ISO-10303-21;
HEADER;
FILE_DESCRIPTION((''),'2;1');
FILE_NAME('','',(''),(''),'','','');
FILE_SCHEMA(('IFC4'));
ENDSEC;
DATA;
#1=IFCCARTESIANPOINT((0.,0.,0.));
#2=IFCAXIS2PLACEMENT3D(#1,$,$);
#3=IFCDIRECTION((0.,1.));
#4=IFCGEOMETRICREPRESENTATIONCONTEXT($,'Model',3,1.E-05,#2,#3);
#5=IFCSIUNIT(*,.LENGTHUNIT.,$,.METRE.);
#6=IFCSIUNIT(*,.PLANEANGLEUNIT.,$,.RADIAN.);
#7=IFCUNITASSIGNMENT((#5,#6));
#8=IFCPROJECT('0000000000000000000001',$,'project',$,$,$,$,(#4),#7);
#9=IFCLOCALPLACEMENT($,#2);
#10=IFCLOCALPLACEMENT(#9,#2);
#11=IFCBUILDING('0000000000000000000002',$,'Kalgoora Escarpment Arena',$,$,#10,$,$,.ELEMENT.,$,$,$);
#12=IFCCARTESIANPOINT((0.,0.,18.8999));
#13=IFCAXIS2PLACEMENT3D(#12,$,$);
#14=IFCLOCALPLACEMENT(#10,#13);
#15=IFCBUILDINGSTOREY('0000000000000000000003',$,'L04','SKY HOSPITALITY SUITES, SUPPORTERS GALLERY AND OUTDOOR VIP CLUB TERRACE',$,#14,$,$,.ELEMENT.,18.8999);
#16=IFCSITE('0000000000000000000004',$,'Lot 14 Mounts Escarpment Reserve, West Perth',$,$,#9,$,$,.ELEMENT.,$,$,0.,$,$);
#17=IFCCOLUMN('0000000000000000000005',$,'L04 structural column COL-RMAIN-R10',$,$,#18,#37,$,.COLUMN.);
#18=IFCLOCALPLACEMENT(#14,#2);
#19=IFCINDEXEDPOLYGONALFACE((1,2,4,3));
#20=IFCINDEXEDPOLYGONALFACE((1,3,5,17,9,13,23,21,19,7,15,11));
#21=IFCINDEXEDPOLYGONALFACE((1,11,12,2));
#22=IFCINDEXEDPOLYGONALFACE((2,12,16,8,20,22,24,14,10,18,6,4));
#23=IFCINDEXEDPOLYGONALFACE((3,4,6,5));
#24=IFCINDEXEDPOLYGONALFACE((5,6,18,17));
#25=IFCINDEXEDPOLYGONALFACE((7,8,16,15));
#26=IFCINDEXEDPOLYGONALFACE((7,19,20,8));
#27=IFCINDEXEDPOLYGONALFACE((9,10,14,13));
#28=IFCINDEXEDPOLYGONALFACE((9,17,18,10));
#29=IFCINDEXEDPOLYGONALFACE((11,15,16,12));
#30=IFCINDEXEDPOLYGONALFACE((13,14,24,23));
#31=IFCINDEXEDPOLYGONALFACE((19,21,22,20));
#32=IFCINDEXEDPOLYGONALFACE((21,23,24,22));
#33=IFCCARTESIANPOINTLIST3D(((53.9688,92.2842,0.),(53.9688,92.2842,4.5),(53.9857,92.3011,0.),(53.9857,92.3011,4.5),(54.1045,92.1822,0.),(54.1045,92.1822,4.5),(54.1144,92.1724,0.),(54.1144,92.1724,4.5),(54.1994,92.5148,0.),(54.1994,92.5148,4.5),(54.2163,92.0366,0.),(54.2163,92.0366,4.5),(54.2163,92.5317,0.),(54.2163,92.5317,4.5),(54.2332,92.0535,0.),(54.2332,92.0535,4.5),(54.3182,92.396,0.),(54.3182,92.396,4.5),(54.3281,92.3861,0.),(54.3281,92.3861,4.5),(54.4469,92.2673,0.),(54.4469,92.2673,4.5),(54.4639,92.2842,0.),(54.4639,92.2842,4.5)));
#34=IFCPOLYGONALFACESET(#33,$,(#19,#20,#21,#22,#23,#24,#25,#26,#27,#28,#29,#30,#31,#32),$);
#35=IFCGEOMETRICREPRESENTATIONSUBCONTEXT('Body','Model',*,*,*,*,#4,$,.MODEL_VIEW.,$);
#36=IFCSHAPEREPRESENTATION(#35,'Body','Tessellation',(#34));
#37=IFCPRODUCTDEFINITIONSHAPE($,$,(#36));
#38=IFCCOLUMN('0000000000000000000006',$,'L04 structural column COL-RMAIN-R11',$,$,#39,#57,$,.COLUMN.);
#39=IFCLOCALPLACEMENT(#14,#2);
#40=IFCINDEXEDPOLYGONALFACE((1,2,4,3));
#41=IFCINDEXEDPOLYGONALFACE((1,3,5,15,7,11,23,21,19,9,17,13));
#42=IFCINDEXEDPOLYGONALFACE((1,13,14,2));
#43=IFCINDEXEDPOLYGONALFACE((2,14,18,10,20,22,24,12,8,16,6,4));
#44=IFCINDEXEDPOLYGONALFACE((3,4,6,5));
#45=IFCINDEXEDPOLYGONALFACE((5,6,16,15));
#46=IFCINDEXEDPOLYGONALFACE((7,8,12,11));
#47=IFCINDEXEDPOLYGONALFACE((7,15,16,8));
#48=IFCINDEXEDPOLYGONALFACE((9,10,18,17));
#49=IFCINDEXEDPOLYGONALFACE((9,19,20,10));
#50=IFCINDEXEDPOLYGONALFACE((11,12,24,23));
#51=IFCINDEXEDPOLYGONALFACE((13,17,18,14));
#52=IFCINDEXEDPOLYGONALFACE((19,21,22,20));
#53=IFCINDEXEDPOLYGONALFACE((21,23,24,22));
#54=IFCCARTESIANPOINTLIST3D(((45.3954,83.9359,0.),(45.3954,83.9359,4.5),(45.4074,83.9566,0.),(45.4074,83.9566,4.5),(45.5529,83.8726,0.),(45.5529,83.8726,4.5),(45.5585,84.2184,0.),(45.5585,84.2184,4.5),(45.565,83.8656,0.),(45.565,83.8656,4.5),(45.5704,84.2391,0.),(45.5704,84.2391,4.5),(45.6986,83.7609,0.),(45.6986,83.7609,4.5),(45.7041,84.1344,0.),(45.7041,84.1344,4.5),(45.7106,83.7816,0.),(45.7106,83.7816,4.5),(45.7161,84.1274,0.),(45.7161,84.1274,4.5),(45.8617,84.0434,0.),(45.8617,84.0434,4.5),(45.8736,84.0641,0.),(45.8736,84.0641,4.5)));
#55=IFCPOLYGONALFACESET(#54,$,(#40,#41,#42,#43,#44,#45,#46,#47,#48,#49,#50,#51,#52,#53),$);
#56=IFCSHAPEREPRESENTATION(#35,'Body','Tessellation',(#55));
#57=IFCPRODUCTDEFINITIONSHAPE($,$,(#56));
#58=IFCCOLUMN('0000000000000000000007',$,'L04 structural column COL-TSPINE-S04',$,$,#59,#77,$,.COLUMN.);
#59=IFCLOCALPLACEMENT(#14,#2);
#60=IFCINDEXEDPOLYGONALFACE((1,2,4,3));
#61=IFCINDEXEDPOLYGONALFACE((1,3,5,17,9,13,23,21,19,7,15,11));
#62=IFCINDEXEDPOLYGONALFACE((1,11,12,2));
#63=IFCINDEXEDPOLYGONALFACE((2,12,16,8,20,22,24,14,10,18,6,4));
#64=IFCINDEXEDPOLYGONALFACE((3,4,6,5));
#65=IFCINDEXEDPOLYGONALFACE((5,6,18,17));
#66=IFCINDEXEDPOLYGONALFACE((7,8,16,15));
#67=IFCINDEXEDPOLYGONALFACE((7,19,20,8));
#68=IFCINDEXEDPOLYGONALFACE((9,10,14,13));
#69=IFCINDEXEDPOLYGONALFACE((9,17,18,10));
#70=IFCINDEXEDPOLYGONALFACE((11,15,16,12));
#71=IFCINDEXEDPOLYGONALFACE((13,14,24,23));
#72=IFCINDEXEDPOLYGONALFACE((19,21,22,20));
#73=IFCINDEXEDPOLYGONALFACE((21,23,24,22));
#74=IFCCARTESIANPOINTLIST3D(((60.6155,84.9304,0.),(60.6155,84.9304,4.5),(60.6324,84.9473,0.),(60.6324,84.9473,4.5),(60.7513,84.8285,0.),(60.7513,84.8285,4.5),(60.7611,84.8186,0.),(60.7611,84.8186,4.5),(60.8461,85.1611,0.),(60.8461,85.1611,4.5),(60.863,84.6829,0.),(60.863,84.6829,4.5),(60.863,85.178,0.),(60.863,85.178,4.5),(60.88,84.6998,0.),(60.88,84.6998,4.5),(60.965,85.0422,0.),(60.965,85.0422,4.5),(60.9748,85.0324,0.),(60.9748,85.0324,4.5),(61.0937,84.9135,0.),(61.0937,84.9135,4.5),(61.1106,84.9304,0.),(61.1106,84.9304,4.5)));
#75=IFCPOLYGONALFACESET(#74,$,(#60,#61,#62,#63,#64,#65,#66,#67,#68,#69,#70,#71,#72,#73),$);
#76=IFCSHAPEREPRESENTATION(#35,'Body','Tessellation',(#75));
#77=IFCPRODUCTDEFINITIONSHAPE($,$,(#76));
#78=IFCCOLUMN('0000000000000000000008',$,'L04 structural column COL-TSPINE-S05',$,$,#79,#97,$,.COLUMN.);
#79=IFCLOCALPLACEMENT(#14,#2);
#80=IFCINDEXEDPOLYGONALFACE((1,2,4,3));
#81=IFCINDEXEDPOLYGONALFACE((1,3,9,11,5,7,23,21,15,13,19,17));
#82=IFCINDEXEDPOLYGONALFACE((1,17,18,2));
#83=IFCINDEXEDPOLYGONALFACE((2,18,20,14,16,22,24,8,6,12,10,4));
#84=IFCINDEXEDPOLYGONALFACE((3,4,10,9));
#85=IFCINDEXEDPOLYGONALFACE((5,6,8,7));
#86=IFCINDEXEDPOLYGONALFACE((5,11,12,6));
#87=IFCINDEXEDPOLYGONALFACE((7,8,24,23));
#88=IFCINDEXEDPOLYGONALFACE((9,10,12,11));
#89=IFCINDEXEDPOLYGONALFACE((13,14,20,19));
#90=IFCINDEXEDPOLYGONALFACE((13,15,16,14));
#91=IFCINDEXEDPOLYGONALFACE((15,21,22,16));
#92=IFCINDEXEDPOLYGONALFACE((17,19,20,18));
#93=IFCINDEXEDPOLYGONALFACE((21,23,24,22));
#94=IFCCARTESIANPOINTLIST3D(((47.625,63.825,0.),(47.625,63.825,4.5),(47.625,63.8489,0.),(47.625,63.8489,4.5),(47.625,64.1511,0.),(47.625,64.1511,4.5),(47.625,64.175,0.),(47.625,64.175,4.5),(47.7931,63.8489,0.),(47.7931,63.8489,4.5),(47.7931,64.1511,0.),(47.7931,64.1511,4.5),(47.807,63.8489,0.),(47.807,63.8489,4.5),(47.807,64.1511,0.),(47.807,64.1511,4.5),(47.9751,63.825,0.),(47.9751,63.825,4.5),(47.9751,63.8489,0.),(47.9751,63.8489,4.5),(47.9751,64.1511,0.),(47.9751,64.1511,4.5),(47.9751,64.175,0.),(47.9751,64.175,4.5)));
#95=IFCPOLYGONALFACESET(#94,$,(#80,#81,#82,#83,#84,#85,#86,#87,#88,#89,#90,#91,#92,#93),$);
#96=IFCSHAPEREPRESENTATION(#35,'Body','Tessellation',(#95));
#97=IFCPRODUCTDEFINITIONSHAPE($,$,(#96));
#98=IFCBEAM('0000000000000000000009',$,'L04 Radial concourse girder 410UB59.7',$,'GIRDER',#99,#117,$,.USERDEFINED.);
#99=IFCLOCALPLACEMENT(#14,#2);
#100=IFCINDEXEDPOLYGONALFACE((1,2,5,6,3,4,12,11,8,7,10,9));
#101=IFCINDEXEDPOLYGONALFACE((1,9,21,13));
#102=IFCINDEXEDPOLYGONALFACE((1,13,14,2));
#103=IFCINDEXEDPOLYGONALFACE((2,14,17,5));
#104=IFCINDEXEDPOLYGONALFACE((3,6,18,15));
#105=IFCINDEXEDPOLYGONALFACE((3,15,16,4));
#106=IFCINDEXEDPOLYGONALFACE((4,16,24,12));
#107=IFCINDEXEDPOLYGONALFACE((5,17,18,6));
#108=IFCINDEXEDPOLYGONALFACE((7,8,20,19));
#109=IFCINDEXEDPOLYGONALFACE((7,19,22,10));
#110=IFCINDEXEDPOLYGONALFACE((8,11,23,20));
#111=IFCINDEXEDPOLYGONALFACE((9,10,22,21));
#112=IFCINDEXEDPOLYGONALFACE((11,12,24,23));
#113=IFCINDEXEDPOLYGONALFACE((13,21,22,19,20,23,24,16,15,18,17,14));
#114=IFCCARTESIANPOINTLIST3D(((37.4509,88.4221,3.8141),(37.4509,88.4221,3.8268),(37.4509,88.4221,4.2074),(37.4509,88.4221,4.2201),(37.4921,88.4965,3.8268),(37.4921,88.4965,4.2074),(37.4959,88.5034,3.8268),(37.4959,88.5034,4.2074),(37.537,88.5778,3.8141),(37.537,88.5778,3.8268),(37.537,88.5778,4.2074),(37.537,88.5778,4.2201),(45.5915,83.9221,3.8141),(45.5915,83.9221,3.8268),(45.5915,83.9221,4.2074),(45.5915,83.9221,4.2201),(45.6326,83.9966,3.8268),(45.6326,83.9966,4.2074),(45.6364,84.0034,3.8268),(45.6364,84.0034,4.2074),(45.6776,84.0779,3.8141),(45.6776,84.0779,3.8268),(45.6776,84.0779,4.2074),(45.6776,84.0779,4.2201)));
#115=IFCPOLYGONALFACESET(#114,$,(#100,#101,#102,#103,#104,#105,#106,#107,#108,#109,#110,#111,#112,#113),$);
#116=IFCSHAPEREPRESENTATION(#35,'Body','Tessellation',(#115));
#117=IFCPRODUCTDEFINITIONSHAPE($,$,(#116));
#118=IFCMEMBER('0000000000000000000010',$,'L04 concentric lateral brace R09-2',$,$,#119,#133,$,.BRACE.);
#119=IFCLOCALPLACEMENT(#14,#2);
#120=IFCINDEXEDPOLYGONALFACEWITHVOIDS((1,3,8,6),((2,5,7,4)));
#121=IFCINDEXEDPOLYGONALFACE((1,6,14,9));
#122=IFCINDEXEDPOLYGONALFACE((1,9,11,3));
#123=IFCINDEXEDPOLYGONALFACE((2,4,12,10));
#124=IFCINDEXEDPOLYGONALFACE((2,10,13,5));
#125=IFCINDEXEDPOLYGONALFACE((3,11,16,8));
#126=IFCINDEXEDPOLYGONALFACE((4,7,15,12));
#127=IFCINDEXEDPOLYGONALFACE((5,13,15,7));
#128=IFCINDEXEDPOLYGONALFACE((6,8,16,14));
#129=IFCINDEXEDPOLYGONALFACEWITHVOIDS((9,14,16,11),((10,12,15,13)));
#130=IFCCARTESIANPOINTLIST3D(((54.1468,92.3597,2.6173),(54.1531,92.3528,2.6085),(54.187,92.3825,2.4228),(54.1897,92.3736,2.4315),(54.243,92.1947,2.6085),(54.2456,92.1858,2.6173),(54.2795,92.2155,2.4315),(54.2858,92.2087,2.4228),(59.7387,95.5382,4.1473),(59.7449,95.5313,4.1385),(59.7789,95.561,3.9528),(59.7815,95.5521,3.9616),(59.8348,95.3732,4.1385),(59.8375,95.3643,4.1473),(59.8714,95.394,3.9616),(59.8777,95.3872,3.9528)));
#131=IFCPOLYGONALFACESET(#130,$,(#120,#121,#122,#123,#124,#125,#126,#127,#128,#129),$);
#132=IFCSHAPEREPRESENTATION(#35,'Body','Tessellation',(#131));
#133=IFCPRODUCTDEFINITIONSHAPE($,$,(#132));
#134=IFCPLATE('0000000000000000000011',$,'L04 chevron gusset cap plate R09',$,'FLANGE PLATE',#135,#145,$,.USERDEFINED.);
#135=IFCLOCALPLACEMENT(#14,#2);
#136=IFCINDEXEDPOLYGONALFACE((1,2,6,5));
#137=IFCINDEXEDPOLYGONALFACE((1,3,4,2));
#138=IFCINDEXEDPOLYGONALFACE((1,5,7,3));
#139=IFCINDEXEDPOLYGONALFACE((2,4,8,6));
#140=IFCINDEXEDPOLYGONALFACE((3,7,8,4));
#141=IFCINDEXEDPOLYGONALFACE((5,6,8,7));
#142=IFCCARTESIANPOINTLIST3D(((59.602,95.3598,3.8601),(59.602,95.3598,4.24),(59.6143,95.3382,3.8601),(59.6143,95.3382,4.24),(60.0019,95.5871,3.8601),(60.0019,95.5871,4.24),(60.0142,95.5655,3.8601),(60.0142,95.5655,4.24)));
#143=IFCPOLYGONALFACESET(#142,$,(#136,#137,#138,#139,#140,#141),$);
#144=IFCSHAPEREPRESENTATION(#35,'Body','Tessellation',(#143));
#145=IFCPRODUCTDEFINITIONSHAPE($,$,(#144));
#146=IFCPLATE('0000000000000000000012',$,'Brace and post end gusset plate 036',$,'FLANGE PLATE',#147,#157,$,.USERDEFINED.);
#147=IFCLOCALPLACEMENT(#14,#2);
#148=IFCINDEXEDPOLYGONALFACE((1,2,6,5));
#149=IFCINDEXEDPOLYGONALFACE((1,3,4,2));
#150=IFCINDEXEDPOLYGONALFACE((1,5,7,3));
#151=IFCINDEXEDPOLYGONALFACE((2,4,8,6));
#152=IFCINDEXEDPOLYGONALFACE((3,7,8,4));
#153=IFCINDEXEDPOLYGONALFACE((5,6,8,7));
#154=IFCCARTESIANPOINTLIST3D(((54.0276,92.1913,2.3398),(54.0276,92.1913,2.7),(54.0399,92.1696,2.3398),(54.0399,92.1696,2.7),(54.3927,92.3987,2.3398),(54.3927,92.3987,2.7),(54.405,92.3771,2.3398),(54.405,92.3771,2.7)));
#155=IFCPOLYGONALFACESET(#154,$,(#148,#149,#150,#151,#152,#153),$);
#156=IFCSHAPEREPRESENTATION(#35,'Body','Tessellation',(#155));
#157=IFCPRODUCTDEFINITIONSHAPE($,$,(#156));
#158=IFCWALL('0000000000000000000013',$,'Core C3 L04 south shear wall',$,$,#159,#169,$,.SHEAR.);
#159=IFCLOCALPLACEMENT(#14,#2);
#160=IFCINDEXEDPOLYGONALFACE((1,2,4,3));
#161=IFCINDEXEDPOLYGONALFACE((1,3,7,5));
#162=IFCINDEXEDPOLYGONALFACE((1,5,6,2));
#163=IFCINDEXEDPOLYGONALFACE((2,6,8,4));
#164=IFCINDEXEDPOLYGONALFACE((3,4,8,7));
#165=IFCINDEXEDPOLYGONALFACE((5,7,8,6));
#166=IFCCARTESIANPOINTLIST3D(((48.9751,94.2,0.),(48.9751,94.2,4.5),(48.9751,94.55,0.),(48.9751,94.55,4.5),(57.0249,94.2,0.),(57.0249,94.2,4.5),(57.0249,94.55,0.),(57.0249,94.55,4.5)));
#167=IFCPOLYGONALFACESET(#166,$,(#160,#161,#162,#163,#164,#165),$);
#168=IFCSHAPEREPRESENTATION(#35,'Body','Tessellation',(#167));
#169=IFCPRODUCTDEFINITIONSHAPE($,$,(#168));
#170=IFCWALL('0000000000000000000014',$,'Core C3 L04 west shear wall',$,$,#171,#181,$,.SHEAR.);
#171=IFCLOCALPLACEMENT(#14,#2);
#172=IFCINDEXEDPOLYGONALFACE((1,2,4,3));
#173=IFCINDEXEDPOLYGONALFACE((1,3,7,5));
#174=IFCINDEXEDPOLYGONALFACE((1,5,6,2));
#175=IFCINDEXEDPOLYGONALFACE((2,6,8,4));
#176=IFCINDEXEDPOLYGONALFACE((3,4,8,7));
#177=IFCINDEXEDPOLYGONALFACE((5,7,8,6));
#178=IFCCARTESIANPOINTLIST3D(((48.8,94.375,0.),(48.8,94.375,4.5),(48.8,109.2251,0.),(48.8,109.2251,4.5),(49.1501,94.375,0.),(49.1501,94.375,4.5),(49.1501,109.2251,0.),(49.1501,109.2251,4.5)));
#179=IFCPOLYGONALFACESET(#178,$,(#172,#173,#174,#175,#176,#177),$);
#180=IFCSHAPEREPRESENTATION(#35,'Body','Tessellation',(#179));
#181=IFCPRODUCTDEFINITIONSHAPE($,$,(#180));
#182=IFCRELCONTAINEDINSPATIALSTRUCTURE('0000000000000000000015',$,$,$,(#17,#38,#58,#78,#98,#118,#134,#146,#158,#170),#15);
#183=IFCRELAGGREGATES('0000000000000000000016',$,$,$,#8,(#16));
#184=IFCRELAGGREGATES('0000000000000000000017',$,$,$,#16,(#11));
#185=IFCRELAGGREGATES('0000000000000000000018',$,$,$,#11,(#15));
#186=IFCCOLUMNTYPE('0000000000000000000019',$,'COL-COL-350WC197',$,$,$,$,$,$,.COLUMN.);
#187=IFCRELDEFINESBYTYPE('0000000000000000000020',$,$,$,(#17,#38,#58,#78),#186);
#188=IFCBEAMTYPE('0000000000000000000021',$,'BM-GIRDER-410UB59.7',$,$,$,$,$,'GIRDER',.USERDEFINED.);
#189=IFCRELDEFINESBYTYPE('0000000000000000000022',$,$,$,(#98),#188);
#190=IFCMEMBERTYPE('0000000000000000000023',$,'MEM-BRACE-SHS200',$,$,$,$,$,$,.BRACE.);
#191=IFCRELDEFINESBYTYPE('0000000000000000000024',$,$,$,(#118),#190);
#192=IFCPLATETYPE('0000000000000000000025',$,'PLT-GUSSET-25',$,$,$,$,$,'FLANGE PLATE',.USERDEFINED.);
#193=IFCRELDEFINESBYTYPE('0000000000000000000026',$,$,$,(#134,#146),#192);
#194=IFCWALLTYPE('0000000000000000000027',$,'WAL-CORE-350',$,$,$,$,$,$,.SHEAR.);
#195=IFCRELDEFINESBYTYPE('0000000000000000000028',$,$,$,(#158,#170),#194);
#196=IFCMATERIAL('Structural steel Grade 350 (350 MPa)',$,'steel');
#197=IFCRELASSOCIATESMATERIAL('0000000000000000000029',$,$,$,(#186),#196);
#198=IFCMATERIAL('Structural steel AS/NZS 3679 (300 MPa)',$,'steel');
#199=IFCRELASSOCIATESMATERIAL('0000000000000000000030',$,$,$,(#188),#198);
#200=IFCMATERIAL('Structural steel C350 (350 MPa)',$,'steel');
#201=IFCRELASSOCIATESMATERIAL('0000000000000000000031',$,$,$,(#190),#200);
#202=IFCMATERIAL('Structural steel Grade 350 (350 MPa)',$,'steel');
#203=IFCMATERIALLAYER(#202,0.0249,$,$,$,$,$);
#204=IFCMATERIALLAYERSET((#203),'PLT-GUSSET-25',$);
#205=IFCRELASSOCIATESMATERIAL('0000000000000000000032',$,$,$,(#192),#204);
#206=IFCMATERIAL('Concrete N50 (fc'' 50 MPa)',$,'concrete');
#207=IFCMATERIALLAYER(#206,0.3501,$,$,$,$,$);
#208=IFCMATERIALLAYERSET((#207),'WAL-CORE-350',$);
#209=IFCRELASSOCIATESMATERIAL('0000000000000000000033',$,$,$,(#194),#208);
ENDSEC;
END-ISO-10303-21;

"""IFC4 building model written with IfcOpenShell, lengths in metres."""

from ifc_helpers import new_model, si_unit, direction, frame, frame_2d, origin, origin_2d, place, context, subcontext, project, spatial, rectangle, hollow_rectangle, i_section, extrude, material, layer, layer_set, material_profile, profile_set, type_object, element, save


model = new_model("IFC4")

# Units and contexts
model_context = context("Model", 3, precision=1e-05, world=origin(), true_north=direction((0.0, 1.0)))
body_context = subcontext(model_context, "Body", "Model", "MODEL_VIEW")
ifc_project = project(units=[si_unit("LENGTHUNIT", "METRE"), si_unit("PLANEANGLEUNIT", "RADIAN")], contexts=[model_context])

# Site, building, storey
site_placement = place(None, origin())
site = spatial("IfcSite", under=ifc_project, at=site_placement, Name="Lot 14 Mounts Escarpment Reserve, West Perth", CompositionType="ELEMENT", RefElevation=0.0)
building_placement = place(site_placement, origin())
building = spatial("IfcBuilding", under=site, at=building_placement, Name="Kalgoora Escarpment Arena", CompositionType="ELEMENT")
storey_placement = place(building_placement, frame((0.0, 0.0, 18.8999)))
storey = spatial("IfcBuildingStorey", under=building, at=storey_placement, Name="L04", Description="SKY HOSPITALITY SUITES, SUPPORTERS GALLERY AND OUTDOOR VIP CLUB TERRACE", CompositionType="ELEMENT", Elevation=18.8999)

# Columns
ifc_material_1 = material(Name="Structural steel Grade 350 (350 MPa)", Category="steel")
ifc_material_profile_1 = material_profile(ifc_material_1, i_section(OverallWidth=0.3501, OverallDepth=0.3501, WebThickness=0.0139, FlangeThickness=0.0239, at=origin_2d()))
ifc_profile_set_1 = profile_set([ifc_material_profile_1], Name="Structural steel Grade 350 (350 MPa)")
column_type = type_object("IfcColumnType", Name="COL-COL-350WC197", PredefinedType="COLUMN", material=ifc_profile_set_1)
for number, where, z_axis, x_axis, name in (
    (1, (54.2163, 92.2842, 0.0), (0.0, 0.0, 1.0), (-0.707107, 0.707107, 0.0), "L04 structural column COL-RMAIN-R10"),
    (2, (45.6345, 84.0, 0.0), (0.0, 0.0, 1.0), (-0.866025, 0.5, 0.0), "L04 structural column COL-RMAIN-R11"),
    (3, (60.863, 84.9304, 0.0), (0.0, 0.0, 1.0), (-0.707107, 0.707107, 0.0), "L04 structural column COL-TSPINE-S04"),
    (4, (47.8, 64.0, 0.0), (0.0, 0.0, 1.0), (-1.0, 0.0, 0.0), "L04 structural column COL-TSPINE-S05"),
):
    element("IfcColumn", number, at=place(storey_placement, frame(where, z_axis=z_axis, x_axis=x_axis)), inside=storey, type_object=column_type, Name=name, PredefinedType="COLUMN", context=body_context, shape_type="SweptSolid", body=[
        extrude(i_section(OverallWidth=0.3501, OverallDepth=0.3501, WebThickness=0.0139, FlangeThickness=0.0239, at=origin_2d()), origin(), (0.0, 0.0, 1.0), 4.5),
    ])

# Beam
ifc_material_2 = material(Name="Structural steel AS/NZS 3679 (300 MPa)", Category="steel")
ifc_material_profile_2 = material_profile(ifc_material_2, i_section(OverallWidth=0.178, OverallDepth=0.406, WebThickness=0.0078, FlangeThickness=0.0127, at=origin_2d()))
ifc_profile_set_2 = profile_set([ifc_material_profile_2], Name="Structural steel AS/NZS 3679 (300 MPa)")
beam_type = type_object("IfcBeamType", Name="BM-GIRDER-410UB59.7", ElementType="GIRDER", PredefinedType="USERDEFINED", material=ifc_profile_set_2)
beam_placement = place(storey_placement, frame((45.6345, 84.0, 4.0171), z_axis=(-0.875185, 0.483788, 0.0), x_axis=(-0.483788, -0.875185, 0.0)))
element("IfcBeam", 5, at=beam_placement, inside=storey, type_object=beam_type, Name="L04 Radial concourse girder 410UB59.7", ObjectType="GIRDER", PredefinedType="USERDEFINED", context=body_context, shape_type="SweptSolid", body=[
    extrude(i_section(OverallWidth=0.178, OverallDepth=0.406, WebThickness=0.0078, FlangeThickness=0.0127, at=origin_2d()), origin(), (0.0, 0.0, 1.0), 9.3015),
])

# Member
ifc_material_3 = material(Name="Structural steel C350 (350 MPa)", Category="steel")
ifc_material_profile_3 = material_profile(ifc_material_3, hollow_rectangle(XDim=0.2, YDim=0.2, WallThickness=0.009, at=origin_2d()))
ifc_profile_set_3 = profile_set([ifc_material_profile_3], Name="Structural steel C350 (350 MPa)")
member_type = type_object("IfcMemberType", Name="MEM-BRACE-SHS200", PredefinedType="BRACE", material=ifc_profile_set_3)
member_placement = place(storey_placement, frame((54.2163, 92.2842, 2.52), z_axis=(0.845769, 0.480749, 0.23142), x_axis=(-0.494163, 0.869369, 0.0)))
element("IfcMember", 6, at=member_placement, inside=storey, type_object=member_type, Name="L04 concentric lateral brace R09-2", PredefinedType="BRACE", context=body_context, shape_type="SweptSolid", body=[
    extrude(hollow_rectangle(XDim=0.2, YDim=0.2, WallThickness=0.009, at=origin_2d()), origin(), (0.0, 0.0, 1.0), 6.6116),
])

# Plates
ifc_material_4 = material(Name="Structural steel Grade 350 (350 MPa)", Category="steel")
ifc_layer_1 = layer(ifc_material_4, 0.0249)
ifc_layer_set_1 = layer_set([ifc_layer_1], Name="PLT-GUSSET-25")
plate_type = type_object("IfcPlateType", Name="PLT-GUSSET-25", ElementType="FLANGE PLATE", PredefinedType="USERDEFINED", material=ifc_layer_set_1)
plate_1_placement = place(storey_placement, frame((59.8081, 95.4626, 3.8601), z_axis=(0.0, 0.0, 1.0), x_axis=(-0.869409, -0.494094, 0.0)))
element("IfcPlate", 7, at=plate_1_placement, inside=storey, type_object=plate_type, Name="L04 chevron gusset cap plate R09", ObjectType="FLANGE PLATE", PredefinedType="USERDEFINED", context=body_context, shape_type="SweptSolid", body=[
    extrude(rectangle(XDim=0.46, YDim=0.0249, at=origin_2d()), origin(), (0.0, 0.0, 1.0), 0.3799),
])
plate_2_placement = place(storey_placement, frame((54.2163, 92.2842, 2.3398), z_axis=(0.0, 0.0, 1.0), x_axis=(0.869495, 0.493942, 0.0)))
element("IfcPlate", 8, at=plate_2_placement, inside=storey, type_object=plate_type, Name="Brace and post end gusset plate 036", ObjectType="FLANGE PLATE", PredefinedType="USERDEFINED", context=body_context, shape_type="SweptSolid", body=[
    extrude(rectangle(XDim=0.4199, YDim=0.0249, at=origin_2d()), origin(), (0.0, 0.0, 1.0), 0.3601),
])

# Walls
ifc_material_5 = material(Name="Concrete N50 (fc' 50 MPa)", Category="concrete")
ifc_layer_2 = layer(ifc_material_5, 0.3501)
ifc_layer_set_2 = layer_set([ifc_layer_2], Name="WAL-CORE-350")
wall_type_1 = type_object("IfcWallType", Name="WAL-CORE-350", PredefinedType="SHEAR", material=ifc_layer_set_2)
wall_1_placement = place(storey_placement, frame((48.9751, 94.375, 0.0), z_axis=(0.0, 0.0, 1.0), x_axis=(1.0, 0.0, 0.0)))
element("IfcWall", 9, at=wall_1_placement, inside=storey, type_object=wall_type_1, Name="Core C3 L04 south shear wall", PredefinedType="SHEAR", context=body_context, shape_type="SweptSolid", body=[
    extrude(rectangle(XDim=8.0498, YDim=0.3501, at=frame_2d((4.0249, 0.0))), origin(), (0.0, 0.0, 1.0), 4.5),
])
wall_2_placement = place(storey_placement, frame((48.9751, 94.375, 0.0), z_axis=(0.0, 0.0, 1.0), x_axis=(0.0, 1.0, 0.0)))
element("IfcWall", 10, at=wall_2_placement, inside=storey, type_object=wall_type_1, Name="Core C3 L04 west shear wall", PredefinedType="SHEAR", context=body_context, shape_type="SweptSolid", body=[
    extrude(rectangle(XDim=14.8501, YDim=0.3501, at=frame_2d((7.425, 0.0))), origin(), (0.0, 0.0, 1.0), 4.5),
])

save(model, "model.ifc")
